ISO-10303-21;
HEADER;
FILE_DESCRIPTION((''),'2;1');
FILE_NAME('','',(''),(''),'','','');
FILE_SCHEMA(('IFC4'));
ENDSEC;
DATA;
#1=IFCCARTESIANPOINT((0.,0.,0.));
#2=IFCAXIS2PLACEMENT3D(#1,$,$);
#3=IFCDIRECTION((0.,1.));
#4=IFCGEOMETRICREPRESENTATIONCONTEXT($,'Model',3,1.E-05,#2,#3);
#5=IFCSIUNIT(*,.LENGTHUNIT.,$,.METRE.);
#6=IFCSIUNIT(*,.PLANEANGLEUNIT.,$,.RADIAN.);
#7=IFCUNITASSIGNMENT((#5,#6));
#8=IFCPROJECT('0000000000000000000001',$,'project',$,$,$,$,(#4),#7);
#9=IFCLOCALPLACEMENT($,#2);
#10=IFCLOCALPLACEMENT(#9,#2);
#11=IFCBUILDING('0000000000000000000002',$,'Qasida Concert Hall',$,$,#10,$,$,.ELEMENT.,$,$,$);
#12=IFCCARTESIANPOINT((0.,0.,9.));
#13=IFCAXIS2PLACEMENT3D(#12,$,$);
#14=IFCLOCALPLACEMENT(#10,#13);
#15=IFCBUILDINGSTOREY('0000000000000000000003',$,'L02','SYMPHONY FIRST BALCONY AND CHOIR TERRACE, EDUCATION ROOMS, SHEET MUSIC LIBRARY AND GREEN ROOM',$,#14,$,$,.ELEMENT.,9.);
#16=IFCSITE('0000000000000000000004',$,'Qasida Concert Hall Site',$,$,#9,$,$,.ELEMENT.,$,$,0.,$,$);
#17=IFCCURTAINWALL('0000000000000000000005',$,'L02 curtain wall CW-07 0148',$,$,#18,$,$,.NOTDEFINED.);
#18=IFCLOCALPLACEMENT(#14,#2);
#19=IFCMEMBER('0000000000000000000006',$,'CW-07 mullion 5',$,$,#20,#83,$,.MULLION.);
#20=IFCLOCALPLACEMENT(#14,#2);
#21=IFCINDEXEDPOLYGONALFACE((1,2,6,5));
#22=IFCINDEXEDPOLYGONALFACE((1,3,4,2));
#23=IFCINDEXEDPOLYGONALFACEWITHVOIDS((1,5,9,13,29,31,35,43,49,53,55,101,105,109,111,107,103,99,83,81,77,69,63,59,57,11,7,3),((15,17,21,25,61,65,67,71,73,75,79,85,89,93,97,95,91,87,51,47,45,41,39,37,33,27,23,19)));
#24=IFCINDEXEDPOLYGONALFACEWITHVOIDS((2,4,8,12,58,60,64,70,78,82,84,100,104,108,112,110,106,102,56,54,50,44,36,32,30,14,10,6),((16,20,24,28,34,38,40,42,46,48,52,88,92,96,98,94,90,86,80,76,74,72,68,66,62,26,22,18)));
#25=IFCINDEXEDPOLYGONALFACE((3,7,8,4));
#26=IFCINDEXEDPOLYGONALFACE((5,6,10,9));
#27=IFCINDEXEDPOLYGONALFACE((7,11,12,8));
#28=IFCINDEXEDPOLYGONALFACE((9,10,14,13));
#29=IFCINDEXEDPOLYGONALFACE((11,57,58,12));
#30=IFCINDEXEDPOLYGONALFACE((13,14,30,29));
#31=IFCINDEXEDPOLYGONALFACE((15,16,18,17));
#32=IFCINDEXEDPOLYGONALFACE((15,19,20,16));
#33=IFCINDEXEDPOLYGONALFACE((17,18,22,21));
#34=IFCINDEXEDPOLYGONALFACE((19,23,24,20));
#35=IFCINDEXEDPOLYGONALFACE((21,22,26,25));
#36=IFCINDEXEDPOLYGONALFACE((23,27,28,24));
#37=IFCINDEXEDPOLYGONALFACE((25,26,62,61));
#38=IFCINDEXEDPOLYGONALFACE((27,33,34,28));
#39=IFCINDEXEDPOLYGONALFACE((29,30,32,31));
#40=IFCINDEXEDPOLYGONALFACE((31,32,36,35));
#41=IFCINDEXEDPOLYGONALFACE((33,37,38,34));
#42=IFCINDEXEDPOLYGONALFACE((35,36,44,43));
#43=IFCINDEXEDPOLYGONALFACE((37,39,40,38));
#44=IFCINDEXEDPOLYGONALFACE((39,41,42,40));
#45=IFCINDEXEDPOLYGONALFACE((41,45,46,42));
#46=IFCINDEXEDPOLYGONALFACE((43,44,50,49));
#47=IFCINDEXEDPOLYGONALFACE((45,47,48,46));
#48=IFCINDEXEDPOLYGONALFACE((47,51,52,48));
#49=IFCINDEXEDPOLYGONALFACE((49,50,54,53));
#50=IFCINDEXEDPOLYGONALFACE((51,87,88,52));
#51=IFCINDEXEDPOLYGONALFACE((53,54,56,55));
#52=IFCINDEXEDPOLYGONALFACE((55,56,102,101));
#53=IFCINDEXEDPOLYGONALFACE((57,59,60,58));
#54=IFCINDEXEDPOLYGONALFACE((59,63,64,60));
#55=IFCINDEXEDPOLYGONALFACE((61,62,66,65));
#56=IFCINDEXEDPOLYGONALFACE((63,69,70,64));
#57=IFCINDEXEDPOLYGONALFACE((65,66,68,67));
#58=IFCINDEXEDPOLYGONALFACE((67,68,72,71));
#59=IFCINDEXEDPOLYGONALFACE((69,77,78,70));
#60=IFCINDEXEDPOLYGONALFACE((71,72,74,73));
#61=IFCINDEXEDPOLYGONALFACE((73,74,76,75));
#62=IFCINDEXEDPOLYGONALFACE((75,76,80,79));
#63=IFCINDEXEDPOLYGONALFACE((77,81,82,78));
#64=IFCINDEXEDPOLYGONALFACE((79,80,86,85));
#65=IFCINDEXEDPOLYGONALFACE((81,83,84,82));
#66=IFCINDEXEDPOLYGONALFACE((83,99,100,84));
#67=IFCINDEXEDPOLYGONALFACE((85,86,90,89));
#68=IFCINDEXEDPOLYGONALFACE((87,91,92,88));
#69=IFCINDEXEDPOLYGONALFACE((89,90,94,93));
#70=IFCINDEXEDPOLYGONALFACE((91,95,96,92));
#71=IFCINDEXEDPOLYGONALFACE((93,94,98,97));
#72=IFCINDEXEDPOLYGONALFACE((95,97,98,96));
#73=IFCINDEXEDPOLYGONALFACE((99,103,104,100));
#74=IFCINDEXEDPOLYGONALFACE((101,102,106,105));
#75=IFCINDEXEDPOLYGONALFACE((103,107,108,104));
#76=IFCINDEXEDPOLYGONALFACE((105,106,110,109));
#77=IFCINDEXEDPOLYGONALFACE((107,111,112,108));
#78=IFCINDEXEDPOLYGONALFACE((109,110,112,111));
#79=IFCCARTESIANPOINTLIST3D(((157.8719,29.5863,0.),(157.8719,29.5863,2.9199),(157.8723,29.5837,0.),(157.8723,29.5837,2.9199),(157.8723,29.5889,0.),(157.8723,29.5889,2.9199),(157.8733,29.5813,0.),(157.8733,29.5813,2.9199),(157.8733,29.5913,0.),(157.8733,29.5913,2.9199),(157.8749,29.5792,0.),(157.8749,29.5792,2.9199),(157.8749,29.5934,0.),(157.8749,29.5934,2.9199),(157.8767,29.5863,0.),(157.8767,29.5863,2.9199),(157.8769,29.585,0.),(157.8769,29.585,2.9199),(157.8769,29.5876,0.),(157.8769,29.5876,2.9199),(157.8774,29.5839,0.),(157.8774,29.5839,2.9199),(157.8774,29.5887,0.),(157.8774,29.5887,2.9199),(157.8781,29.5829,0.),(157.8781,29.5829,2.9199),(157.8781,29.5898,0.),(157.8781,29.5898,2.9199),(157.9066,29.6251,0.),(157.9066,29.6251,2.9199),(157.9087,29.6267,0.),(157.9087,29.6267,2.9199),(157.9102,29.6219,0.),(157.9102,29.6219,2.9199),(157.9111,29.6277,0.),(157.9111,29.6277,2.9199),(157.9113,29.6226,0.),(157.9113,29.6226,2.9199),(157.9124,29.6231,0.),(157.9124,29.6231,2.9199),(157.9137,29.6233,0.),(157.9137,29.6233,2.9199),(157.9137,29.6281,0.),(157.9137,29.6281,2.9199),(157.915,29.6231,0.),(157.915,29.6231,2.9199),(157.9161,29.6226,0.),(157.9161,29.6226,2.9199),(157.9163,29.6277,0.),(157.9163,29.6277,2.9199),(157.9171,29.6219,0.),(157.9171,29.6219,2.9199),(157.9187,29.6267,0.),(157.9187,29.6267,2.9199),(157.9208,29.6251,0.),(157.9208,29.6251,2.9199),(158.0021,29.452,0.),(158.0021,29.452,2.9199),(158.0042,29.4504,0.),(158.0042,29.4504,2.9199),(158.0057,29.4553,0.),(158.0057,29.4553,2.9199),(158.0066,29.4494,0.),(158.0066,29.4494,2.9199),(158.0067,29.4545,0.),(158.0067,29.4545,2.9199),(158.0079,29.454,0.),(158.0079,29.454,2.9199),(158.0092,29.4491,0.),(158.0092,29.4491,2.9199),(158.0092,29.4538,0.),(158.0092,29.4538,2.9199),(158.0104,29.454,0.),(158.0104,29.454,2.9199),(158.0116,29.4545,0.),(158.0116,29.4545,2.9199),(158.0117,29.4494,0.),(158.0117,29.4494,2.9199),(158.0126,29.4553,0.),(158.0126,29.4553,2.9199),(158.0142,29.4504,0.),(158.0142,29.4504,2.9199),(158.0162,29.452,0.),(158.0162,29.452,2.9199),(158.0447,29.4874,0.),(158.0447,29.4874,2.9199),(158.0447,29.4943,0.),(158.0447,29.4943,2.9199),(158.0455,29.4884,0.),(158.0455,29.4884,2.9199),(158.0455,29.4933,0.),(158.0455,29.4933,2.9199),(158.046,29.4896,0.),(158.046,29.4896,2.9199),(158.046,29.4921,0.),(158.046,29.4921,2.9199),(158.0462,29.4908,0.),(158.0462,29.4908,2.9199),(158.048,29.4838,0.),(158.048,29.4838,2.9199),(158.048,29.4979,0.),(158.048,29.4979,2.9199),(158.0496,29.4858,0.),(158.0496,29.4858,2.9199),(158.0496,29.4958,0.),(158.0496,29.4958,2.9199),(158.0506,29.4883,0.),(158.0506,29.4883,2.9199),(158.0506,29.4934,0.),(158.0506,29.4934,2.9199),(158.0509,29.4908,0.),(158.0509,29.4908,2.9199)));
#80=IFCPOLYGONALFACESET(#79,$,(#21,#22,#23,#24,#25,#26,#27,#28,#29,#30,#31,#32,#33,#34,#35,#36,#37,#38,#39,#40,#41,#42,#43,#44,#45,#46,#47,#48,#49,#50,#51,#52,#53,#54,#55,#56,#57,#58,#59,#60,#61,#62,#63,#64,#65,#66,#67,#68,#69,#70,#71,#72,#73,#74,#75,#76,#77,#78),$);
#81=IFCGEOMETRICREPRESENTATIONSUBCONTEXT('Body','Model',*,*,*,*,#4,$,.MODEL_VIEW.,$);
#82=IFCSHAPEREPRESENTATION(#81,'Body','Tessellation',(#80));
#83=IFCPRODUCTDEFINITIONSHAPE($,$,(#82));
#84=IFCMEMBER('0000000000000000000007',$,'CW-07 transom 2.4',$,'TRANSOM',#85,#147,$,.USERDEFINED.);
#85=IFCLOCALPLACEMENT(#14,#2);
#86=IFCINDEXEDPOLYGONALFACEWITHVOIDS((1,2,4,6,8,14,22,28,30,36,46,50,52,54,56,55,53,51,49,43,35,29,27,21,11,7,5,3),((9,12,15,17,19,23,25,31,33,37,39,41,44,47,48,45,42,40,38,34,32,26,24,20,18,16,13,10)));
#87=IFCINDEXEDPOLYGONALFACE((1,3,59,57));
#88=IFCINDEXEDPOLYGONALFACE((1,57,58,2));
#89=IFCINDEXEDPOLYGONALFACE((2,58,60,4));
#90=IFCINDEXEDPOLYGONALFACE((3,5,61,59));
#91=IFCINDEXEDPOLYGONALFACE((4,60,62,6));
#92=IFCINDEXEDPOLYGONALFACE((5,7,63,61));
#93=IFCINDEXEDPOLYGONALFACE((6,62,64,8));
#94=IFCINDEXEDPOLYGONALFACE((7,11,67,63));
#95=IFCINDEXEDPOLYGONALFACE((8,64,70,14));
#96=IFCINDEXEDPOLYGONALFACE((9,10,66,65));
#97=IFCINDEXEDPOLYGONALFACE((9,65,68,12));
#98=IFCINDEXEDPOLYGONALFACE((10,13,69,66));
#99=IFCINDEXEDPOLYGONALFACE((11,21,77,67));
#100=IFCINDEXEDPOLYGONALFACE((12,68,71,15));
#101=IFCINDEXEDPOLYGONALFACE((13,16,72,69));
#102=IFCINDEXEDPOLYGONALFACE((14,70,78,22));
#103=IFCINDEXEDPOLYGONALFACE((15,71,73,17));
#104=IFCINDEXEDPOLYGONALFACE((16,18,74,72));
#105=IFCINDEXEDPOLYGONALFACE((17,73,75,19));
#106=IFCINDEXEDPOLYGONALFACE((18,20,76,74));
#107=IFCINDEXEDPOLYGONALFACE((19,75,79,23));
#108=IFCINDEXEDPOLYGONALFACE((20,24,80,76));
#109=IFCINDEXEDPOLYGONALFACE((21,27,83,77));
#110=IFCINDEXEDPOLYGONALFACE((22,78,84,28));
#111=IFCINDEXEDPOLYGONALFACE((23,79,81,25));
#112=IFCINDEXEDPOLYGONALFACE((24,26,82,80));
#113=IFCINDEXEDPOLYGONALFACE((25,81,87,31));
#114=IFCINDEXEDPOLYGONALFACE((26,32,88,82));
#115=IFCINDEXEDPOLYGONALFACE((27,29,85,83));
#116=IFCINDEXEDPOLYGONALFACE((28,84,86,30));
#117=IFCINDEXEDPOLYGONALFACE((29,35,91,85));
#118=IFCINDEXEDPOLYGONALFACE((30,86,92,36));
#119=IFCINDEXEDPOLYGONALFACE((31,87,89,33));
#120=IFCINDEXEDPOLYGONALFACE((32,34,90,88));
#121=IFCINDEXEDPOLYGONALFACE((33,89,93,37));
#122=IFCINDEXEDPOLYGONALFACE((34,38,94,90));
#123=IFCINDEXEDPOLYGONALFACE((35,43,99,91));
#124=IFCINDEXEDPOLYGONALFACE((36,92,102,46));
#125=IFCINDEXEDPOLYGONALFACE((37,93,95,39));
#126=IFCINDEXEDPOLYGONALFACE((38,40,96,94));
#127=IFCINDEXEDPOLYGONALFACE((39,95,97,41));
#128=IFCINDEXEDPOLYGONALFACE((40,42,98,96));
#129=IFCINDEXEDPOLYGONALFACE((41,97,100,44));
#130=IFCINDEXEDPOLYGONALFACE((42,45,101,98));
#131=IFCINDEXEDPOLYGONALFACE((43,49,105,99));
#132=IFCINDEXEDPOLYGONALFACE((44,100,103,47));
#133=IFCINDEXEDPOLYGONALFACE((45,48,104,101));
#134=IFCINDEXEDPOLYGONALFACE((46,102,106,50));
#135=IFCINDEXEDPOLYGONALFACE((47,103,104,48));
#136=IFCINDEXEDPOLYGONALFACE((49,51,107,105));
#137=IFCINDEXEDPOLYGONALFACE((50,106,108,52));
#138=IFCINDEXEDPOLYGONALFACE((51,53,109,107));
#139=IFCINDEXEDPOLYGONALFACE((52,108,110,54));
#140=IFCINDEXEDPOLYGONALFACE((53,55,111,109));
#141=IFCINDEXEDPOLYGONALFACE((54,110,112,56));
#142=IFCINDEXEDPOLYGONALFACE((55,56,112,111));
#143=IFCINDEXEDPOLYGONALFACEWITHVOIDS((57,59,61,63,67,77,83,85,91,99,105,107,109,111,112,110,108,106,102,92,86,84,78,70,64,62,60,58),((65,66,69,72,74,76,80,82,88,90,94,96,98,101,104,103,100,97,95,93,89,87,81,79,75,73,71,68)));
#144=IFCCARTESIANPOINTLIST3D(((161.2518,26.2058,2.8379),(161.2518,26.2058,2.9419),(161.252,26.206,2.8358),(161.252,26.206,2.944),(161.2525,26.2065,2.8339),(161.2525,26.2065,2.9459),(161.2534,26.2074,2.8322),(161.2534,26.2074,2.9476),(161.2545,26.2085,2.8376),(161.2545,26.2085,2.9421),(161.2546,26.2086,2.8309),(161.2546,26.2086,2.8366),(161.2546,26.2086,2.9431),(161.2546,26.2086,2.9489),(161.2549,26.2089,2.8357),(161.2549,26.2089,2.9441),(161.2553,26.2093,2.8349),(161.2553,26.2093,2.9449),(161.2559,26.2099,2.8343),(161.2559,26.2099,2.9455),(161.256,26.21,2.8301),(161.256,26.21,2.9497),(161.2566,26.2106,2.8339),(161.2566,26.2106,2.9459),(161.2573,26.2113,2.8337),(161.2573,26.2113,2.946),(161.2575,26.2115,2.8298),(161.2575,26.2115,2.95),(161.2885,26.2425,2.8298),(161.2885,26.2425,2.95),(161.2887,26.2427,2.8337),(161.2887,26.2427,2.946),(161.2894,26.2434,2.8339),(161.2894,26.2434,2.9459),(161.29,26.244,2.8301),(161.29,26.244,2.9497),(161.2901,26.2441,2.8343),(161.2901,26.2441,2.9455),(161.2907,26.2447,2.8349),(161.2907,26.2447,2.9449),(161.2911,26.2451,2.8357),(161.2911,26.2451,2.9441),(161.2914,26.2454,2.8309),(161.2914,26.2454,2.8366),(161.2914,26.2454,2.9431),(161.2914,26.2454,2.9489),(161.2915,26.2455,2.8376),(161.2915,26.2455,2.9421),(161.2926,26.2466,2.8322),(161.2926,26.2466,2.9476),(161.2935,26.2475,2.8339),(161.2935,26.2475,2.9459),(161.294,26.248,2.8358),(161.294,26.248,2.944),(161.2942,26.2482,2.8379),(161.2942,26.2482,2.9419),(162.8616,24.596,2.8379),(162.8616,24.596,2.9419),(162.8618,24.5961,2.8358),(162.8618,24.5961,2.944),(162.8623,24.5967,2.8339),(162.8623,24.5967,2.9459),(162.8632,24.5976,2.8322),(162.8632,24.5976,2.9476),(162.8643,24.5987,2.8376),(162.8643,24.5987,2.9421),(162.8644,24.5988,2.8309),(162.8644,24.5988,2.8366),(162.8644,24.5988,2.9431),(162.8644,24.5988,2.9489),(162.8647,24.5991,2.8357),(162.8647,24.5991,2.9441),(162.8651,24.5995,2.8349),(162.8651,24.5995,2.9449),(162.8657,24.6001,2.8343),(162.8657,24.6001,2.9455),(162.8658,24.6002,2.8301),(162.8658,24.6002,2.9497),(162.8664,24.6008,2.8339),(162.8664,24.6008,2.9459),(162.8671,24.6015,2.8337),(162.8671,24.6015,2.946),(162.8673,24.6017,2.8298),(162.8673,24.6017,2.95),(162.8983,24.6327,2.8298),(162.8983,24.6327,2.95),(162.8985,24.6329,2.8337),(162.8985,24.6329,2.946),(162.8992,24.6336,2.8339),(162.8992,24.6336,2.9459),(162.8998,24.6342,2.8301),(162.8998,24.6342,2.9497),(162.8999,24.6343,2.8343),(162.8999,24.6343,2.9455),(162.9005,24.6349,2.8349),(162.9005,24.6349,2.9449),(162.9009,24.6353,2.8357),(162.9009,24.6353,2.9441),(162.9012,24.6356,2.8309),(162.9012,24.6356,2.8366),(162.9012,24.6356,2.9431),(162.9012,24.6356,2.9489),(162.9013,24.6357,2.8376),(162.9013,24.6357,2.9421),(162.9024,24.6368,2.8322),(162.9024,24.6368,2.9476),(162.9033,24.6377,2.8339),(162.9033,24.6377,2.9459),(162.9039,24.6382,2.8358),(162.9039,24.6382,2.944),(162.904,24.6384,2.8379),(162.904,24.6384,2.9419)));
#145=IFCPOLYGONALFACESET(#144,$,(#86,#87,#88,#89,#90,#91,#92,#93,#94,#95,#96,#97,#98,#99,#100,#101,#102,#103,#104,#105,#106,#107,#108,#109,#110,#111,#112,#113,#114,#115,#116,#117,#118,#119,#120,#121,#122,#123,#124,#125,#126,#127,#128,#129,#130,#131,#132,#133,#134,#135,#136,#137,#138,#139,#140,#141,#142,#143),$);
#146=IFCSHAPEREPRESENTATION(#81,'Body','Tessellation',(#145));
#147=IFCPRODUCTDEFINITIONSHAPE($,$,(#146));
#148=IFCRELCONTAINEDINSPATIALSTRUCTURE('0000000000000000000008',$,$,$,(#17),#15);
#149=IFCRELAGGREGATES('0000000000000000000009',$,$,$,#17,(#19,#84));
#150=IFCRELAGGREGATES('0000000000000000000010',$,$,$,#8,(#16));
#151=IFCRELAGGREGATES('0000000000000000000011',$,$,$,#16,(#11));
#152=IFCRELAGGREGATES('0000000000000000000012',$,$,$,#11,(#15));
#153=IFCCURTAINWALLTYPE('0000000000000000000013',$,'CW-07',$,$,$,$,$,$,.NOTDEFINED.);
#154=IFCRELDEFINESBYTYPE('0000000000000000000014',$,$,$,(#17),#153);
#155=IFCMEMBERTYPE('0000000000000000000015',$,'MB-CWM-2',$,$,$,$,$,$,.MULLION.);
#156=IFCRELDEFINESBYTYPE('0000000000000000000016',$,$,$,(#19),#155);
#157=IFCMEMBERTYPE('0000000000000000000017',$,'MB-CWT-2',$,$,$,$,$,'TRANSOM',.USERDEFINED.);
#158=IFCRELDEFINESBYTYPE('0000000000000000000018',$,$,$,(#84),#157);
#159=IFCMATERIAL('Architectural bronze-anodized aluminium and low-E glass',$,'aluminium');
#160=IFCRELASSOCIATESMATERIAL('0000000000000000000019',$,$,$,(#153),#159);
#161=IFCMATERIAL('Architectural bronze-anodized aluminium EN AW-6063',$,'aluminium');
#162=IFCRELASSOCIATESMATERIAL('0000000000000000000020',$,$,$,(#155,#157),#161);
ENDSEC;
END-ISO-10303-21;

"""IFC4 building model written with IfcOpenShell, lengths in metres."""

from ifc_helpers import new_model, si_unit, direction, frame, origin, origin_2d, place, context, subcontext, project, spatial, hollow_rectangle, extrude, material, material_profile, profile_set, type_object, element, aggregate, save


model = new_model("IFC4")

# Units and contexts
model_context = context("Model", 3, precision=1e-05, world=origin(), true_north=direction((0.0, 1.0)))
body_context = subcontext(model_context, "Body", "Model", "MODEL_VIEW")
ifc_project = project(units=[si_unit("LENGTHUNIT", "METRE"), si_unit("PLANEANGLEUNIT", "RADIAN")], contexts=[model_context])

# Site, building, storey
site_placement = place(None, origin())
site = spatial("IfcSite", under=ifc_project, at=site_placement, Name="Qasida Concert Hall Site", CompositionType="ELEMENT", RefElevation=0.0)
building_placement = place(site_placement, origin())
building = spatial("IfcBuilding", under=site, at=building_placement, Name="Qasida Concert Hall", CompositionType="ELEMENT")
storey_placement = place(building_placement, frame((0.0, 0.0, 9.0)))
storey = spatial("IfcBuildingStorey", under=building, at=storey_placement, Name="L02", Description="SYMPHONY FIRST BALCONY AND CHOIR TERRACE, EDUCATION ROOMS, SHEET MUSIC LIBRARY AND GREEN ROOM", CompositionType="ELEMENT", Elevation=9.0)

# Curtain wall, members
ifc_material_1 = material(Name="Architectural bronze-anodized aluminium and low-E glass", Category="aluminium")
curtain_wall_type = type_object("IfcCurtainWallType", Name="CW-07", PredefinedType="NOTDEFINED", material=ifc_material_1)
curtain_wall_placement = place(storey_placement, origin())
curtain_wall = element("IfcCurtainWall", 1, at=curtain_wall_placement, inside=storey, type_object=curtain_wall_type, Name="L02 curtain wall CW-07 0148", PredefinedType="NOTDEFINED")
ifc_material_2 = material(Name="Architectural bronze-anodized aluminium EN AW-6063", Category="aluminium")
ifc_material_profile_1 = material_profile(ifc_material_2, hollow_rectangle(XDim=0.0649, YDim=0.2, WallThickness=0.0049, InnerFilletRadius=0.0049, OuterFilletRadius=0.01, at=origin_2d()), Name="CWM 200x65x5")
ifc_profile_set_1 = profile_set([ifc_material_profile_1], Name="Architectural bronze-anodized aluminium EN AW-6063")
member_type_1 = type_object("IfcMemberType", Name="MB-CWM-2", PredefinedType="MULLION", material=ifc_profile_set_1)
member_1_placement = place(storey_placement, frame((157.9614, 29.5386, 0.0), z_axis=(0.0, 0.0, 1.0), x_axis=(-0.707107, -0.707107, 0.0)))
member_1 = element("IfcMember", 2, at=member_1_placement, type_object=member_type_1, Name="CW-07 mullion 5", PredefinedType="MULLION", context=body_context, shape_type="SweptSolid", body=[
    extrude(hollow_rectangle(XDim=0.0649, YDim=0.2, WallThickness=0.0049, InnerFilletRadius=0.0049, OuterFilletRadius=0.01, at=origin_2d()), origin(), (0.0, 0.0, 1.0), 2.9199),
])
ifc_material_profile_2 = material_profile(ifc_material_2, hollow_rectangle(XDim=0.0601, YDim=0.1201, WallThickness=0.0039, InnerFilletRadius=0.0039, OuterFilletRadius=0.0081, at=origin_2d()), Name="CWT 120x60x4")
ifc_profile_set_2 = profile_set([ifc_material_profile_2], Name="Architectural bronze-anodized aluminium EN AW-6063")
member_type_2 = type_object("IfcMemberType", Name="MB-CWT-2", ElementType="TRANSOM", PredefinedType="USERDEFINED", material=ifc_profile_set_2)
member_2_placement = place(storey_placement, frame((162.8828, 24.6172, 2.8899), z_axis=(-0.707107, 0.707107, 0.0), x_axis=(-0.707107, -0.707107, 0.0)))
member_2 = element("IfcMember", 3, at=member_2_placement, type_object=member_type_2, Name="CW-07 transom 2.4", ObjectType="TRANSOM", PredefinedType="USERDEFINED", context=body_context, shape_type="SweptSolid", body=[
    extrude(hollow_rectangle(XDim=0.0601, YDim=0.1201, WallThickness=0.0039, InnerFilletRadius=0.0039, OuterFilletRadius=0.0081, at=origin_2d()), origin(), (0.0, 0.0, 1.0), 2.2766),
])
aggregate(curtain_wall, [member_1, member_2])

save(model, "model.ifc")
